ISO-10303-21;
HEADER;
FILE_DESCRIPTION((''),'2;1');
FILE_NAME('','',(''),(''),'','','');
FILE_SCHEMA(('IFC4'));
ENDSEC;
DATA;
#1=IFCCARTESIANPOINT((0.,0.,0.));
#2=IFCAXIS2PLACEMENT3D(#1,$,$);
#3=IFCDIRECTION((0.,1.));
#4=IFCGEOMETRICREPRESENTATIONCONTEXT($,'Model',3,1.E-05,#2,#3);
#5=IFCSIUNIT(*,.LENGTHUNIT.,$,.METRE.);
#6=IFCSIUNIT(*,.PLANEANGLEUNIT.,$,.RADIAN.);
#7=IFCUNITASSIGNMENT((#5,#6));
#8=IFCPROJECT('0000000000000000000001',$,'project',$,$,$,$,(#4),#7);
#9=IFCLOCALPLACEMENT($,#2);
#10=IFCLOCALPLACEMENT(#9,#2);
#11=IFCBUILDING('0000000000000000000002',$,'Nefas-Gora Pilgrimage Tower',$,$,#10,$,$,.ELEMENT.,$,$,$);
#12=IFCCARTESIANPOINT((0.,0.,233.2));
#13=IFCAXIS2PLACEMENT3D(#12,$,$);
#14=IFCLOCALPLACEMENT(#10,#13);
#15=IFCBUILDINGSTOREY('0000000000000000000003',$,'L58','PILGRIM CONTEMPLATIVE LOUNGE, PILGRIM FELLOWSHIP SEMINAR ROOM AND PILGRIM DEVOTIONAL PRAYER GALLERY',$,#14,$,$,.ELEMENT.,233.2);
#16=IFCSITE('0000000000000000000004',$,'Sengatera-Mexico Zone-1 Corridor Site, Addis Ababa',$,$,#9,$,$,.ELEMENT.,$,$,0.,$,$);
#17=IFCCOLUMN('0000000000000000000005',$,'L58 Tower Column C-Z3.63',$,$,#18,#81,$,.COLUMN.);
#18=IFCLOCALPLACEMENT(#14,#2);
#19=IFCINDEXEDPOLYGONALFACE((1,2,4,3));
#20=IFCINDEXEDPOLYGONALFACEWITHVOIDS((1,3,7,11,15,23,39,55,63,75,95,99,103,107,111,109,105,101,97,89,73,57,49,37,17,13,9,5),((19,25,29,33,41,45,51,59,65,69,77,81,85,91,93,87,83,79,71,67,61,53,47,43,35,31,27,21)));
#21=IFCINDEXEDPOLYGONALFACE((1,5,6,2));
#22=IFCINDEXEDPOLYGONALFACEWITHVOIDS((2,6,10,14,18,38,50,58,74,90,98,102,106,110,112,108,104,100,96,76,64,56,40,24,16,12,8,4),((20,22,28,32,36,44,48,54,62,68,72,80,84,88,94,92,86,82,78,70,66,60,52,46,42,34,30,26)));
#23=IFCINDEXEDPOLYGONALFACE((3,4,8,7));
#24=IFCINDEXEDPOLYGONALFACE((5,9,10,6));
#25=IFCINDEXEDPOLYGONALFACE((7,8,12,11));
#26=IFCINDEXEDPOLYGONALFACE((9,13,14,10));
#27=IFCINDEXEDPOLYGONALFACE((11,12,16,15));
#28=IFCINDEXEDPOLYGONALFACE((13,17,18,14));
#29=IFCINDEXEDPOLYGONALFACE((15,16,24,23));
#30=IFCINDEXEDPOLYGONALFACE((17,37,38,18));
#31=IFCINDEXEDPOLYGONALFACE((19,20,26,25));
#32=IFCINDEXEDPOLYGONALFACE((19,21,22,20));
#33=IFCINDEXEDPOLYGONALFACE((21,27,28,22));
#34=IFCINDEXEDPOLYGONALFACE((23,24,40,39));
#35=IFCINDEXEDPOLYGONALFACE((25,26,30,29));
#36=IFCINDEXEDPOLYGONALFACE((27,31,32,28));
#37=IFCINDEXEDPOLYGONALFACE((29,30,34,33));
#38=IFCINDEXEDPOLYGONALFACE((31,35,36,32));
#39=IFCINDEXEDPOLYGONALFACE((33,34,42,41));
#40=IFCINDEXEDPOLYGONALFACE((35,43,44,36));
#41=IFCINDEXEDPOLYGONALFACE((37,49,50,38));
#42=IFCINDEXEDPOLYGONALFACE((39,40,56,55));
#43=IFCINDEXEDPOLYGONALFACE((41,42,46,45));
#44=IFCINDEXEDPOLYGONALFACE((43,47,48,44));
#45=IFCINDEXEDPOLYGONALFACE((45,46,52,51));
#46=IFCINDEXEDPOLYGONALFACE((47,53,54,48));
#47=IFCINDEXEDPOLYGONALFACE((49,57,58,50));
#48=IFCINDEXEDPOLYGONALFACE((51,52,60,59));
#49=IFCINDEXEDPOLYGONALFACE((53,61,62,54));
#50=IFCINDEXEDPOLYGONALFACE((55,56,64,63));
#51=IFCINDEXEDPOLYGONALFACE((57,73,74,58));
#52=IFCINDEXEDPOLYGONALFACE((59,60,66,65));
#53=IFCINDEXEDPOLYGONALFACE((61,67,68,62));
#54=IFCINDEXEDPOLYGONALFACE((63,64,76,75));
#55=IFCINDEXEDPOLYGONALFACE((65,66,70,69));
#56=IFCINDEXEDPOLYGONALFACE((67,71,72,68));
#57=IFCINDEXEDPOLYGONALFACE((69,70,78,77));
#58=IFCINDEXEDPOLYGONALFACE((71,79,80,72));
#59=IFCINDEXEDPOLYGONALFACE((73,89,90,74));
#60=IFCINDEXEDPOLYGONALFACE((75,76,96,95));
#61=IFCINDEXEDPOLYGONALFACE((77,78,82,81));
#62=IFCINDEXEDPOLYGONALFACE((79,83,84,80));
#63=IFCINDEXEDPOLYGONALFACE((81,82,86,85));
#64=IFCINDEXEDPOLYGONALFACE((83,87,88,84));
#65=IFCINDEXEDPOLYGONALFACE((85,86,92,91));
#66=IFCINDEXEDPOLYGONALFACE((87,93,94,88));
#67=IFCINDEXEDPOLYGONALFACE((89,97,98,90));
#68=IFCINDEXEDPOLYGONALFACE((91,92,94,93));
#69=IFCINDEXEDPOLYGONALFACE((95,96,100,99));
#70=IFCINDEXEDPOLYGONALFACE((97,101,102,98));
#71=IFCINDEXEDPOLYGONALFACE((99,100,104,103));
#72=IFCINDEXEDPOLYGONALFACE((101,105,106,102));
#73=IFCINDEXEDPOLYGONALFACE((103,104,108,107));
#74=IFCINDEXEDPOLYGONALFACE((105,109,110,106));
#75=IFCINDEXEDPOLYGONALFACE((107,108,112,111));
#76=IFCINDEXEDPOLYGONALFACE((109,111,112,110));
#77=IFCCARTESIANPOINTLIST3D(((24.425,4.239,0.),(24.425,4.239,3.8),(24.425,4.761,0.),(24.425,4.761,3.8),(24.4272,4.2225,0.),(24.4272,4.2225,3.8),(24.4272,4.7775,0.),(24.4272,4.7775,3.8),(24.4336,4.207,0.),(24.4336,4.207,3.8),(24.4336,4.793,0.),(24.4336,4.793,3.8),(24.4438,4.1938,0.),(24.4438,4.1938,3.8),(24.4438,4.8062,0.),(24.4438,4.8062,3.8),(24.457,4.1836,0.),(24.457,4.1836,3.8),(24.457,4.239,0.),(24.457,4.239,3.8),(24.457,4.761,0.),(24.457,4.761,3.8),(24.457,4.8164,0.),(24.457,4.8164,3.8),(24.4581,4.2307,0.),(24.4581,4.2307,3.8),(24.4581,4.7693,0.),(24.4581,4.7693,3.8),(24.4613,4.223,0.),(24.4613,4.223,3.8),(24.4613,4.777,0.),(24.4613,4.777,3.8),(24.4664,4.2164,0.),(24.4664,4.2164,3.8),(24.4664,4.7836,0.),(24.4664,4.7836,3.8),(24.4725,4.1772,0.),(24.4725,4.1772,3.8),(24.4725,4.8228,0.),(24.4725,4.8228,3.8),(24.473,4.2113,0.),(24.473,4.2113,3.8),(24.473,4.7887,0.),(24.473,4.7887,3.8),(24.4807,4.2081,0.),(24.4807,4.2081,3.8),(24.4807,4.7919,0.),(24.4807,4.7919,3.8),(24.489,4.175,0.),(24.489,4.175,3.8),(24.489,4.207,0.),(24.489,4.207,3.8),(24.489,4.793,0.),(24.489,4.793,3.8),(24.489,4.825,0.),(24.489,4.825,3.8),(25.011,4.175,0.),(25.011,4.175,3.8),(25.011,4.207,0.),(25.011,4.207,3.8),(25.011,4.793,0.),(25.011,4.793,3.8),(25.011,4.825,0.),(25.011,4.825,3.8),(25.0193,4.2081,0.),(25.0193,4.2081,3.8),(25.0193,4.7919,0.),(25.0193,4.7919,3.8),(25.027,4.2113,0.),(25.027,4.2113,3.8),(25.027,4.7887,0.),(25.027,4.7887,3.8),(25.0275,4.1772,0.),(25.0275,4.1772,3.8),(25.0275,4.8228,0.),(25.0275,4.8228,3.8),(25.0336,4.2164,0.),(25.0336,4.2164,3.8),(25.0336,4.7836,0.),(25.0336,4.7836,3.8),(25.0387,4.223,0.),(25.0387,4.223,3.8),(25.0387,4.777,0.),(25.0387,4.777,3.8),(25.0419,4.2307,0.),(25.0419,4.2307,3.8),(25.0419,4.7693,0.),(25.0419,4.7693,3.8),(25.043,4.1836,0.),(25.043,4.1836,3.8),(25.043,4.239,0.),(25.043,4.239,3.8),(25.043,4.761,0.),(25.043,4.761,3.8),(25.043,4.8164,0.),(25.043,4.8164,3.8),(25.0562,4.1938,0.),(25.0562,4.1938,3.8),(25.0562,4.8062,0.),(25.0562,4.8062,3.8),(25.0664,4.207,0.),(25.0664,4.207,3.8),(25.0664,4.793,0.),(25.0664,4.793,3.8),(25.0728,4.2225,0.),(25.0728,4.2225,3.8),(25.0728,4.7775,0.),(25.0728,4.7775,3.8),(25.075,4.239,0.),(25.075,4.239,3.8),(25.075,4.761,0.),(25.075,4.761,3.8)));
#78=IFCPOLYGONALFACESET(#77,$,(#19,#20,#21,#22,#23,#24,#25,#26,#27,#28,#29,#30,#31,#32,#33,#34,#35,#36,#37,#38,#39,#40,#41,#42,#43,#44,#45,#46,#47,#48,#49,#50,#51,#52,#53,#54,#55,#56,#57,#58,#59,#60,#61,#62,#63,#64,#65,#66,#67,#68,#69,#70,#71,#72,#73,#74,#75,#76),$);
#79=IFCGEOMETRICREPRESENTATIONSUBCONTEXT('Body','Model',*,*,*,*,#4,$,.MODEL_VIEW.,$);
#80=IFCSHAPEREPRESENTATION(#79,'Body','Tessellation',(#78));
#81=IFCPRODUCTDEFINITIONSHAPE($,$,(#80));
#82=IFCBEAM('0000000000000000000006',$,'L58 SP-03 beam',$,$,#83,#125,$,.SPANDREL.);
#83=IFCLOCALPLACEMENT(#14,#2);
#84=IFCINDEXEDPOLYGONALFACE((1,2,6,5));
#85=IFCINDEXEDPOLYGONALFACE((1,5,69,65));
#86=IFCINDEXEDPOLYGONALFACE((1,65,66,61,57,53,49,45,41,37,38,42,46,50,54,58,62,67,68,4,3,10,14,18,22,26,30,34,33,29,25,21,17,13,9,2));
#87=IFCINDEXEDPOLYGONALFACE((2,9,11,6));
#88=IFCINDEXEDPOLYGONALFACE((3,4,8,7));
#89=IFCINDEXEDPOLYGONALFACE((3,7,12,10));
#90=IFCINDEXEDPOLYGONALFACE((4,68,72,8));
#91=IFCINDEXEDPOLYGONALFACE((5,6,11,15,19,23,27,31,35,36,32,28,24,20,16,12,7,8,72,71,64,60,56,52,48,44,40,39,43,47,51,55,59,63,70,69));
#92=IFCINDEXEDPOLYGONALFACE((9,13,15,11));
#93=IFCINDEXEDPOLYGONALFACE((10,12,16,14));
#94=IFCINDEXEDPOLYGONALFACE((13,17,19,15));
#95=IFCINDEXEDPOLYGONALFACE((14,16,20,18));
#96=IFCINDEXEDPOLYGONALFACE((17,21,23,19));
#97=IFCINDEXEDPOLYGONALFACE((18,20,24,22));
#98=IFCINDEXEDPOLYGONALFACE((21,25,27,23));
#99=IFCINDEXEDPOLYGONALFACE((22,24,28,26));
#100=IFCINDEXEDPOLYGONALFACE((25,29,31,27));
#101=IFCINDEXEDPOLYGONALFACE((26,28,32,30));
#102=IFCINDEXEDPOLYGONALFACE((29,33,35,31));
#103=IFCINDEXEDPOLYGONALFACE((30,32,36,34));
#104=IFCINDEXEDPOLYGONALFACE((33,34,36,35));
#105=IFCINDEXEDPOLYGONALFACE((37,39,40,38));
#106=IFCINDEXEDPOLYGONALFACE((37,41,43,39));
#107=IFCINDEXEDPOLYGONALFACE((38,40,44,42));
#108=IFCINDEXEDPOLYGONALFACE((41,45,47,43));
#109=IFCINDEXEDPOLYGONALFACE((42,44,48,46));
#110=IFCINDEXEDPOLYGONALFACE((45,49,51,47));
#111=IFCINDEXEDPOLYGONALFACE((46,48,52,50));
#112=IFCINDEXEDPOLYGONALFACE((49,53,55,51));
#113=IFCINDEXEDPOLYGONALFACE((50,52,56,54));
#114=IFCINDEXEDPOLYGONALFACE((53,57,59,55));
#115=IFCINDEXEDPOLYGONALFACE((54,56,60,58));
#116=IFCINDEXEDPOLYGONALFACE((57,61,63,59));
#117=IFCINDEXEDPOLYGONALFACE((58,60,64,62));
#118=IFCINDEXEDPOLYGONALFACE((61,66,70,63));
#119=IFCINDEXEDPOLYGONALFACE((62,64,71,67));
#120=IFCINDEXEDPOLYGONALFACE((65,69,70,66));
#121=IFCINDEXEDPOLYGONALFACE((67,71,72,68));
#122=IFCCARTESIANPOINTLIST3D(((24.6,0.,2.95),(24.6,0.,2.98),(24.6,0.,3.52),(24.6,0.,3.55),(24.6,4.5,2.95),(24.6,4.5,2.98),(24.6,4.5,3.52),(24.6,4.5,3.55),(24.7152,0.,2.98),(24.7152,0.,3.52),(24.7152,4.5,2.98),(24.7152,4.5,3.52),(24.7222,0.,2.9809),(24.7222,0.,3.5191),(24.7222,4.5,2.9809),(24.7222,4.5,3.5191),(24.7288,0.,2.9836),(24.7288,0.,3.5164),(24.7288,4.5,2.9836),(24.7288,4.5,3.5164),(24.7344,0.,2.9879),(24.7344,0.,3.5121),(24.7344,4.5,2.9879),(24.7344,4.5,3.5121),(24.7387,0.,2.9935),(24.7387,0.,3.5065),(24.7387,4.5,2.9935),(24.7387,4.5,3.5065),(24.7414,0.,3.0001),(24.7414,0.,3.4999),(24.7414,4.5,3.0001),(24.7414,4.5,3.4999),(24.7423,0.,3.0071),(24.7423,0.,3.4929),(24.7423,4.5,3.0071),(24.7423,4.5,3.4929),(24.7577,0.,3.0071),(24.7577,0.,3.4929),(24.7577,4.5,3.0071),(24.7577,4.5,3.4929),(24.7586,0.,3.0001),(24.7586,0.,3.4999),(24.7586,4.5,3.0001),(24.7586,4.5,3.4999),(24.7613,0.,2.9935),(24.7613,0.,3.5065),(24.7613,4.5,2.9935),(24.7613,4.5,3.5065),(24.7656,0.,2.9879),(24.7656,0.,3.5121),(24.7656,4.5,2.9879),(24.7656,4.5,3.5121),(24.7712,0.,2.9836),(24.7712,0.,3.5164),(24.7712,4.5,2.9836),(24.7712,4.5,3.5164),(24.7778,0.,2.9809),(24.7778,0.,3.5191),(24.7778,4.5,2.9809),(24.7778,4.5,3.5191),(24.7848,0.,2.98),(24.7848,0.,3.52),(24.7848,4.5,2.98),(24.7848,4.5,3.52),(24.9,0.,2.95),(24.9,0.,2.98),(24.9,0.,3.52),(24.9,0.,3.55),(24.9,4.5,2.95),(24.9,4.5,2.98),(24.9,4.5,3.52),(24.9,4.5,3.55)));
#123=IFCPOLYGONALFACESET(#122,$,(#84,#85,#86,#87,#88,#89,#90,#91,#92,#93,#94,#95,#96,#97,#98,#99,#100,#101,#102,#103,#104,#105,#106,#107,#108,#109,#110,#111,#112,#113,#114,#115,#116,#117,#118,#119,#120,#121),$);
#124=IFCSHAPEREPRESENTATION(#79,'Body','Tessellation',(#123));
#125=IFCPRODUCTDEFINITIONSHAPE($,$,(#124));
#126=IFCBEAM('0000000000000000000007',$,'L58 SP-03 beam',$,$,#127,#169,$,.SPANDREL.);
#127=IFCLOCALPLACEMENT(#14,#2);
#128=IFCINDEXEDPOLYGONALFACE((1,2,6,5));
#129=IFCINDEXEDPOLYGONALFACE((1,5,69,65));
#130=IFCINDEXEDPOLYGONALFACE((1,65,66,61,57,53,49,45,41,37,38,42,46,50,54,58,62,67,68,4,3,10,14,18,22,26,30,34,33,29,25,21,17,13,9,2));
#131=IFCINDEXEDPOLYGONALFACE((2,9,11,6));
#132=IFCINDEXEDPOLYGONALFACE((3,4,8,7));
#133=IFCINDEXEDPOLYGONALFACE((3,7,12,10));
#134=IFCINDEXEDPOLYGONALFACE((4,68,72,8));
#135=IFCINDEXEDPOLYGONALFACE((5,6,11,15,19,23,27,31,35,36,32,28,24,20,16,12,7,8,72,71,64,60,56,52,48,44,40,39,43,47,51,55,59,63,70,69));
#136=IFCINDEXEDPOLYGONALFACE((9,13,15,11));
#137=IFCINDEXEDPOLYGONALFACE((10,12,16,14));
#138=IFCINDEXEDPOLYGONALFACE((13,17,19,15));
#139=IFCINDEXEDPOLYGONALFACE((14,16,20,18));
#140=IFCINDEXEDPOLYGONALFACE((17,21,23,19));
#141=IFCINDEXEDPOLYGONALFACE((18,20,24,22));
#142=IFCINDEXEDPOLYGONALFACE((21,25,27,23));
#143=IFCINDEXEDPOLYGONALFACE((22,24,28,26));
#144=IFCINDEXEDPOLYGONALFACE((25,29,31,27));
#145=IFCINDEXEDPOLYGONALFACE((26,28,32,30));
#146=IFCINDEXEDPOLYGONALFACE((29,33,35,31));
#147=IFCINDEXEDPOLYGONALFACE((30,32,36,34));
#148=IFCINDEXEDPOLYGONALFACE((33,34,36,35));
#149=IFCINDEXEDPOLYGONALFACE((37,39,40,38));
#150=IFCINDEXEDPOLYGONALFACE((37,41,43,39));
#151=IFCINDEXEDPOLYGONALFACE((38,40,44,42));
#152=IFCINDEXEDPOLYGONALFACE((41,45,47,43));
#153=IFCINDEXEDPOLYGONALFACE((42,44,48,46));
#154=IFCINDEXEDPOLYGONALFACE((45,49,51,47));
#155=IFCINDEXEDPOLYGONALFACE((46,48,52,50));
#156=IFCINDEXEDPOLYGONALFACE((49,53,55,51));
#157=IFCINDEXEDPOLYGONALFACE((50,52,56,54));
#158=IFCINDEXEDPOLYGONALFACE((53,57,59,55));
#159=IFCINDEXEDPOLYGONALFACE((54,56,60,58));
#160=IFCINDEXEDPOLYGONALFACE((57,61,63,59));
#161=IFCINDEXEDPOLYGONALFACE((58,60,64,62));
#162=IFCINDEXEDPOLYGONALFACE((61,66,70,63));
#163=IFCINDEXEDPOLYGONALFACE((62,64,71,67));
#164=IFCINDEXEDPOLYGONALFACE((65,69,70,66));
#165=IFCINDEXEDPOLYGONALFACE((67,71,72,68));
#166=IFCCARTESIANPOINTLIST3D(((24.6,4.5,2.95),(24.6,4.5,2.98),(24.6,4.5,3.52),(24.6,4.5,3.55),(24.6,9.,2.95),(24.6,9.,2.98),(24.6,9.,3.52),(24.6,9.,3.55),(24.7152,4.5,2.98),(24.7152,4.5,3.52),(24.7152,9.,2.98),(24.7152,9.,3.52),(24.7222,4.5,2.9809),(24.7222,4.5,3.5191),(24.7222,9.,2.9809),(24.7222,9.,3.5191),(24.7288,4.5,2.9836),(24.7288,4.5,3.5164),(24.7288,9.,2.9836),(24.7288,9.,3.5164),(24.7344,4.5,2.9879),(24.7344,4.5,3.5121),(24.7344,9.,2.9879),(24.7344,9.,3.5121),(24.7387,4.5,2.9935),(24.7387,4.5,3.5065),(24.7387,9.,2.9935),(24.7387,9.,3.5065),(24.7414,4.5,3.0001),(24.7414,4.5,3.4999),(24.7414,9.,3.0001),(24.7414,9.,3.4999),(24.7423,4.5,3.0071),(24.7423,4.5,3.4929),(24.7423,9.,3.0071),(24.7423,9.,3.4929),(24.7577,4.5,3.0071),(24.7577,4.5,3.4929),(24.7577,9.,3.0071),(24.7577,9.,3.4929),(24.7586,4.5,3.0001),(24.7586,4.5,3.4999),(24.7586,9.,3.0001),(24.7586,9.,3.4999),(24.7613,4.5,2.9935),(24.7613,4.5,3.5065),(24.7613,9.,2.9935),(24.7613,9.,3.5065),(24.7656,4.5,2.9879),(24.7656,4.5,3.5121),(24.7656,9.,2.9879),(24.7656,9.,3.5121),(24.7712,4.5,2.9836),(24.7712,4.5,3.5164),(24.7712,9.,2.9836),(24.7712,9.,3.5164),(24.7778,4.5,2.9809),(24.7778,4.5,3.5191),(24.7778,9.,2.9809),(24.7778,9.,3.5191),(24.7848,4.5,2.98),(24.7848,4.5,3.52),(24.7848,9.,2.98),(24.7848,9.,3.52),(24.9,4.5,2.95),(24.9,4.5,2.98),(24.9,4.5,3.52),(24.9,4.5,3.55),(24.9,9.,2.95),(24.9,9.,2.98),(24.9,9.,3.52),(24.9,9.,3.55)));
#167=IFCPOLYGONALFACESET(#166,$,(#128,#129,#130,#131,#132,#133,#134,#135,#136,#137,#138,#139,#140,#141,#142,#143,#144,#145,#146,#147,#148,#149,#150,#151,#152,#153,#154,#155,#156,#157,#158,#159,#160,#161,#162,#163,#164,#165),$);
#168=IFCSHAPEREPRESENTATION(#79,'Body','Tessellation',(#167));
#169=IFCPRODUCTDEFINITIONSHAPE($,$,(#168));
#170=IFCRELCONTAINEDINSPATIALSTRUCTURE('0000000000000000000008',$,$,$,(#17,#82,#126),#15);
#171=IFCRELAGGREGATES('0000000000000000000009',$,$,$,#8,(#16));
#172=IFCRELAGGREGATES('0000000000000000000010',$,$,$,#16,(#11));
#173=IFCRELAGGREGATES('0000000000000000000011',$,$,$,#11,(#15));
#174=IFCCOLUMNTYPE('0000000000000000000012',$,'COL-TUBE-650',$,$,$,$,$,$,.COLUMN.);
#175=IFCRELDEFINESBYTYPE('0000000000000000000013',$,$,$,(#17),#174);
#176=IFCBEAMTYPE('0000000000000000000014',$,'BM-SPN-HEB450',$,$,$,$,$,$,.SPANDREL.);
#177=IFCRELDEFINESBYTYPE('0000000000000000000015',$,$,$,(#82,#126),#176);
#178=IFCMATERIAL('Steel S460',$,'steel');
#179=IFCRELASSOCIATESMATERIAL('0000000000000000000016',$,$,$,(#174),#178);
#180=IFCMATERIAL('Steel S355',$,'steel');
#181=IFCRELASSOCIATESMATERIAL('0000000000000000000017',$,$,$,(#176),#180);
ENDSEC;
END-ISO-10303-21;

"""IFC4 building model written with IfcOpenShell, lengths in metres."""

from ifc_helpers import new_model, si_unit, direction, frame, origin, origin_2d, place, context, subcontext, project, spatial, hollow_rectangle, i_section, extrude, source, transform, mapped, material, material_profile, profile_set, type_object, element, save


model = new_model("IFC4")

# Units and contexts
model_context = context("Model", 3, precision=1e-05, world=origin(), true_north=direction((0.0, 1.0)))
body_context = subcontext(model_context, "Body", "Model", "MODEL_VIEW")
ifc_project = project(units=[si_unit("LENGTHUNIT", "METRE"), si_unit("PLANEANGLEUNIT", "RADIAN")], contexts=[model_context])

# Site, building, storey
site_placement = place(None, origin())
site = spatial("IfcSite", under=ifc_project, at=site_placement, Name="Sengatera-Mexico Zone-1 Corridor Site, Addis Ababa", CompositionType="ELEMENT", RefElevation=0.0)
building_placement = place(site_placement, origin())
building = spatial("IfcBuilding", under=site, at=building_placement, Name="Nefas-Gora Pilgrimage Tower", CompositionType="ELEMENT")
storey_placement = place(building_placement, frame((0.0, 0.0, 233.2)))
storey = spatial("IfcBuildingStorey", under=building, at=storey_placement, Name="L58", Description="PILGRIM CONTEMPLATIVE LOUNGE, PILGRIM FELLOWSHIP SEMINAR ROOM AND PILGRIM DEVOTIONAL PRAYER GALLERY", CompositionType="ELEMENT", Elevation=233.2)

# Column
ifc_material_1 = material(Name="Steel S460", Category="steel")
ifc_material_profile_1 = material_profile(ifc_material_1, hollow_rectangle(XDim=0.6499, YDim=0.6499, WallThickness=0.032, InnerFilletRadius=0.032, OuterFilletRadius=0.064, at=origin_2d()), Name="BOX 650x650x32")
ifc_profile_set_1 = profile_set([ifc_material_profile_1], Name="Steel S460")
column_type_1 = type_object("IfcColumnType", Name="COL-TUBE-650", PredefinedType="COLUMN", material=ifc_profile_set_1)
shared_shape_1 = source(origin(), body_context, "Body", "SweptSolid", [
    extrude(hollow_rectangle(XDim=0.6499, YDim=0.6499, WallThickness=0.032, InnerFilletRadius=0.032, OuterFilletRadius=0.064, at=origin_2d()), origin(), (0.0, 0.0, 1.0), 3.8),
])
for number, where, z_axis, x_axis, name in (
    (1, (24.75, 4.5, 0.0), (0.0, 0.0, 1.0), (1.0, 0.0, 0.0), "L58 Tower Column C-Z3.63"),
):
    element("IfcColumn", number, at=place(storey_placement, frame(where, z_axis=z_axis, x_axis=x_axis)), inside=storey, type_object=column_type_1, Name=name, PredefinedType="COLUMN", context=body_context, shape_type="MappedRepresentation", body=[
        mapped(shared_shape_1, transform((0.0, 0.0, 0.0), x_axis=(1.0, 0.0, 0.0), y_axis=(0.0, 1.0, 0.0), z_axis=(0.0, 0.0, 1.0), scale=1.0)),
    ])

# Beams
ifc_material_2 = material(Name="Steel S355", Category="steel")
ifc_material_profile_2 = material_profile(ifc_material_2, i_section(OverallWidth=0.3, OverallDepth=0.6001, WebThickness=0.0154, FlangeThickness=0.03, FilletRadius=0.0271, at=origin_2d()), Name="HEB 600")
ifc_profile_set_2 = profile_set([ifc_material_profile_2], Name="Steel S355")
beam_type_1 = type_object("IfcBeamType", Name="BM-SPN-HEB450", PredefinedType="SPANDREL", material=ifc_profile_set_2)
shared_shape_2 = source(origin(), body_context, "Body", "SweptSolid", [
    extrude(i_section(OverallWidth=0.3, OverallDepth=0.6001, WebThickness=0.0154, FlangeThickness=0.03, FilletRadius=0.0271, at=origin_2d()), origin(), (0.0, 0.0, 1.0), 4.5),
])
for number, where, z_axis, x_axis, name in (
    (2, (24.75, 0.0, 3.25), (0.0, 1.0, 0.0), (-1.0, 0.0, 0.0), "L58 SP-03 beam"),
    (3, (24.75, 4.5, 3.25), (0.0, 1.0, 0.0), (-1.0, 0.0, 0.0), "L58 SP-03 beam"),
):
    element("IfcBeam", number, at=place(storey_placement, frame(where, z_axis=z_axis, x_axis=x_axis)), inside=storey, type_object=beam_type_1, Name=name, PredefinedType="SPANDREL", context=body_context, shape_type="MappedRepresentation", body=[
        mapped(shared_shape_2, transform((0.0, 0.0, 0.0), x_axis=(1.0, 0.0, 0.0), y_axis=(0.0, 1.0, 0.0), z_axis=(0.0, 0.0, 1.0), scale=1.0)),
    ])

save(model, "model.ifc")
